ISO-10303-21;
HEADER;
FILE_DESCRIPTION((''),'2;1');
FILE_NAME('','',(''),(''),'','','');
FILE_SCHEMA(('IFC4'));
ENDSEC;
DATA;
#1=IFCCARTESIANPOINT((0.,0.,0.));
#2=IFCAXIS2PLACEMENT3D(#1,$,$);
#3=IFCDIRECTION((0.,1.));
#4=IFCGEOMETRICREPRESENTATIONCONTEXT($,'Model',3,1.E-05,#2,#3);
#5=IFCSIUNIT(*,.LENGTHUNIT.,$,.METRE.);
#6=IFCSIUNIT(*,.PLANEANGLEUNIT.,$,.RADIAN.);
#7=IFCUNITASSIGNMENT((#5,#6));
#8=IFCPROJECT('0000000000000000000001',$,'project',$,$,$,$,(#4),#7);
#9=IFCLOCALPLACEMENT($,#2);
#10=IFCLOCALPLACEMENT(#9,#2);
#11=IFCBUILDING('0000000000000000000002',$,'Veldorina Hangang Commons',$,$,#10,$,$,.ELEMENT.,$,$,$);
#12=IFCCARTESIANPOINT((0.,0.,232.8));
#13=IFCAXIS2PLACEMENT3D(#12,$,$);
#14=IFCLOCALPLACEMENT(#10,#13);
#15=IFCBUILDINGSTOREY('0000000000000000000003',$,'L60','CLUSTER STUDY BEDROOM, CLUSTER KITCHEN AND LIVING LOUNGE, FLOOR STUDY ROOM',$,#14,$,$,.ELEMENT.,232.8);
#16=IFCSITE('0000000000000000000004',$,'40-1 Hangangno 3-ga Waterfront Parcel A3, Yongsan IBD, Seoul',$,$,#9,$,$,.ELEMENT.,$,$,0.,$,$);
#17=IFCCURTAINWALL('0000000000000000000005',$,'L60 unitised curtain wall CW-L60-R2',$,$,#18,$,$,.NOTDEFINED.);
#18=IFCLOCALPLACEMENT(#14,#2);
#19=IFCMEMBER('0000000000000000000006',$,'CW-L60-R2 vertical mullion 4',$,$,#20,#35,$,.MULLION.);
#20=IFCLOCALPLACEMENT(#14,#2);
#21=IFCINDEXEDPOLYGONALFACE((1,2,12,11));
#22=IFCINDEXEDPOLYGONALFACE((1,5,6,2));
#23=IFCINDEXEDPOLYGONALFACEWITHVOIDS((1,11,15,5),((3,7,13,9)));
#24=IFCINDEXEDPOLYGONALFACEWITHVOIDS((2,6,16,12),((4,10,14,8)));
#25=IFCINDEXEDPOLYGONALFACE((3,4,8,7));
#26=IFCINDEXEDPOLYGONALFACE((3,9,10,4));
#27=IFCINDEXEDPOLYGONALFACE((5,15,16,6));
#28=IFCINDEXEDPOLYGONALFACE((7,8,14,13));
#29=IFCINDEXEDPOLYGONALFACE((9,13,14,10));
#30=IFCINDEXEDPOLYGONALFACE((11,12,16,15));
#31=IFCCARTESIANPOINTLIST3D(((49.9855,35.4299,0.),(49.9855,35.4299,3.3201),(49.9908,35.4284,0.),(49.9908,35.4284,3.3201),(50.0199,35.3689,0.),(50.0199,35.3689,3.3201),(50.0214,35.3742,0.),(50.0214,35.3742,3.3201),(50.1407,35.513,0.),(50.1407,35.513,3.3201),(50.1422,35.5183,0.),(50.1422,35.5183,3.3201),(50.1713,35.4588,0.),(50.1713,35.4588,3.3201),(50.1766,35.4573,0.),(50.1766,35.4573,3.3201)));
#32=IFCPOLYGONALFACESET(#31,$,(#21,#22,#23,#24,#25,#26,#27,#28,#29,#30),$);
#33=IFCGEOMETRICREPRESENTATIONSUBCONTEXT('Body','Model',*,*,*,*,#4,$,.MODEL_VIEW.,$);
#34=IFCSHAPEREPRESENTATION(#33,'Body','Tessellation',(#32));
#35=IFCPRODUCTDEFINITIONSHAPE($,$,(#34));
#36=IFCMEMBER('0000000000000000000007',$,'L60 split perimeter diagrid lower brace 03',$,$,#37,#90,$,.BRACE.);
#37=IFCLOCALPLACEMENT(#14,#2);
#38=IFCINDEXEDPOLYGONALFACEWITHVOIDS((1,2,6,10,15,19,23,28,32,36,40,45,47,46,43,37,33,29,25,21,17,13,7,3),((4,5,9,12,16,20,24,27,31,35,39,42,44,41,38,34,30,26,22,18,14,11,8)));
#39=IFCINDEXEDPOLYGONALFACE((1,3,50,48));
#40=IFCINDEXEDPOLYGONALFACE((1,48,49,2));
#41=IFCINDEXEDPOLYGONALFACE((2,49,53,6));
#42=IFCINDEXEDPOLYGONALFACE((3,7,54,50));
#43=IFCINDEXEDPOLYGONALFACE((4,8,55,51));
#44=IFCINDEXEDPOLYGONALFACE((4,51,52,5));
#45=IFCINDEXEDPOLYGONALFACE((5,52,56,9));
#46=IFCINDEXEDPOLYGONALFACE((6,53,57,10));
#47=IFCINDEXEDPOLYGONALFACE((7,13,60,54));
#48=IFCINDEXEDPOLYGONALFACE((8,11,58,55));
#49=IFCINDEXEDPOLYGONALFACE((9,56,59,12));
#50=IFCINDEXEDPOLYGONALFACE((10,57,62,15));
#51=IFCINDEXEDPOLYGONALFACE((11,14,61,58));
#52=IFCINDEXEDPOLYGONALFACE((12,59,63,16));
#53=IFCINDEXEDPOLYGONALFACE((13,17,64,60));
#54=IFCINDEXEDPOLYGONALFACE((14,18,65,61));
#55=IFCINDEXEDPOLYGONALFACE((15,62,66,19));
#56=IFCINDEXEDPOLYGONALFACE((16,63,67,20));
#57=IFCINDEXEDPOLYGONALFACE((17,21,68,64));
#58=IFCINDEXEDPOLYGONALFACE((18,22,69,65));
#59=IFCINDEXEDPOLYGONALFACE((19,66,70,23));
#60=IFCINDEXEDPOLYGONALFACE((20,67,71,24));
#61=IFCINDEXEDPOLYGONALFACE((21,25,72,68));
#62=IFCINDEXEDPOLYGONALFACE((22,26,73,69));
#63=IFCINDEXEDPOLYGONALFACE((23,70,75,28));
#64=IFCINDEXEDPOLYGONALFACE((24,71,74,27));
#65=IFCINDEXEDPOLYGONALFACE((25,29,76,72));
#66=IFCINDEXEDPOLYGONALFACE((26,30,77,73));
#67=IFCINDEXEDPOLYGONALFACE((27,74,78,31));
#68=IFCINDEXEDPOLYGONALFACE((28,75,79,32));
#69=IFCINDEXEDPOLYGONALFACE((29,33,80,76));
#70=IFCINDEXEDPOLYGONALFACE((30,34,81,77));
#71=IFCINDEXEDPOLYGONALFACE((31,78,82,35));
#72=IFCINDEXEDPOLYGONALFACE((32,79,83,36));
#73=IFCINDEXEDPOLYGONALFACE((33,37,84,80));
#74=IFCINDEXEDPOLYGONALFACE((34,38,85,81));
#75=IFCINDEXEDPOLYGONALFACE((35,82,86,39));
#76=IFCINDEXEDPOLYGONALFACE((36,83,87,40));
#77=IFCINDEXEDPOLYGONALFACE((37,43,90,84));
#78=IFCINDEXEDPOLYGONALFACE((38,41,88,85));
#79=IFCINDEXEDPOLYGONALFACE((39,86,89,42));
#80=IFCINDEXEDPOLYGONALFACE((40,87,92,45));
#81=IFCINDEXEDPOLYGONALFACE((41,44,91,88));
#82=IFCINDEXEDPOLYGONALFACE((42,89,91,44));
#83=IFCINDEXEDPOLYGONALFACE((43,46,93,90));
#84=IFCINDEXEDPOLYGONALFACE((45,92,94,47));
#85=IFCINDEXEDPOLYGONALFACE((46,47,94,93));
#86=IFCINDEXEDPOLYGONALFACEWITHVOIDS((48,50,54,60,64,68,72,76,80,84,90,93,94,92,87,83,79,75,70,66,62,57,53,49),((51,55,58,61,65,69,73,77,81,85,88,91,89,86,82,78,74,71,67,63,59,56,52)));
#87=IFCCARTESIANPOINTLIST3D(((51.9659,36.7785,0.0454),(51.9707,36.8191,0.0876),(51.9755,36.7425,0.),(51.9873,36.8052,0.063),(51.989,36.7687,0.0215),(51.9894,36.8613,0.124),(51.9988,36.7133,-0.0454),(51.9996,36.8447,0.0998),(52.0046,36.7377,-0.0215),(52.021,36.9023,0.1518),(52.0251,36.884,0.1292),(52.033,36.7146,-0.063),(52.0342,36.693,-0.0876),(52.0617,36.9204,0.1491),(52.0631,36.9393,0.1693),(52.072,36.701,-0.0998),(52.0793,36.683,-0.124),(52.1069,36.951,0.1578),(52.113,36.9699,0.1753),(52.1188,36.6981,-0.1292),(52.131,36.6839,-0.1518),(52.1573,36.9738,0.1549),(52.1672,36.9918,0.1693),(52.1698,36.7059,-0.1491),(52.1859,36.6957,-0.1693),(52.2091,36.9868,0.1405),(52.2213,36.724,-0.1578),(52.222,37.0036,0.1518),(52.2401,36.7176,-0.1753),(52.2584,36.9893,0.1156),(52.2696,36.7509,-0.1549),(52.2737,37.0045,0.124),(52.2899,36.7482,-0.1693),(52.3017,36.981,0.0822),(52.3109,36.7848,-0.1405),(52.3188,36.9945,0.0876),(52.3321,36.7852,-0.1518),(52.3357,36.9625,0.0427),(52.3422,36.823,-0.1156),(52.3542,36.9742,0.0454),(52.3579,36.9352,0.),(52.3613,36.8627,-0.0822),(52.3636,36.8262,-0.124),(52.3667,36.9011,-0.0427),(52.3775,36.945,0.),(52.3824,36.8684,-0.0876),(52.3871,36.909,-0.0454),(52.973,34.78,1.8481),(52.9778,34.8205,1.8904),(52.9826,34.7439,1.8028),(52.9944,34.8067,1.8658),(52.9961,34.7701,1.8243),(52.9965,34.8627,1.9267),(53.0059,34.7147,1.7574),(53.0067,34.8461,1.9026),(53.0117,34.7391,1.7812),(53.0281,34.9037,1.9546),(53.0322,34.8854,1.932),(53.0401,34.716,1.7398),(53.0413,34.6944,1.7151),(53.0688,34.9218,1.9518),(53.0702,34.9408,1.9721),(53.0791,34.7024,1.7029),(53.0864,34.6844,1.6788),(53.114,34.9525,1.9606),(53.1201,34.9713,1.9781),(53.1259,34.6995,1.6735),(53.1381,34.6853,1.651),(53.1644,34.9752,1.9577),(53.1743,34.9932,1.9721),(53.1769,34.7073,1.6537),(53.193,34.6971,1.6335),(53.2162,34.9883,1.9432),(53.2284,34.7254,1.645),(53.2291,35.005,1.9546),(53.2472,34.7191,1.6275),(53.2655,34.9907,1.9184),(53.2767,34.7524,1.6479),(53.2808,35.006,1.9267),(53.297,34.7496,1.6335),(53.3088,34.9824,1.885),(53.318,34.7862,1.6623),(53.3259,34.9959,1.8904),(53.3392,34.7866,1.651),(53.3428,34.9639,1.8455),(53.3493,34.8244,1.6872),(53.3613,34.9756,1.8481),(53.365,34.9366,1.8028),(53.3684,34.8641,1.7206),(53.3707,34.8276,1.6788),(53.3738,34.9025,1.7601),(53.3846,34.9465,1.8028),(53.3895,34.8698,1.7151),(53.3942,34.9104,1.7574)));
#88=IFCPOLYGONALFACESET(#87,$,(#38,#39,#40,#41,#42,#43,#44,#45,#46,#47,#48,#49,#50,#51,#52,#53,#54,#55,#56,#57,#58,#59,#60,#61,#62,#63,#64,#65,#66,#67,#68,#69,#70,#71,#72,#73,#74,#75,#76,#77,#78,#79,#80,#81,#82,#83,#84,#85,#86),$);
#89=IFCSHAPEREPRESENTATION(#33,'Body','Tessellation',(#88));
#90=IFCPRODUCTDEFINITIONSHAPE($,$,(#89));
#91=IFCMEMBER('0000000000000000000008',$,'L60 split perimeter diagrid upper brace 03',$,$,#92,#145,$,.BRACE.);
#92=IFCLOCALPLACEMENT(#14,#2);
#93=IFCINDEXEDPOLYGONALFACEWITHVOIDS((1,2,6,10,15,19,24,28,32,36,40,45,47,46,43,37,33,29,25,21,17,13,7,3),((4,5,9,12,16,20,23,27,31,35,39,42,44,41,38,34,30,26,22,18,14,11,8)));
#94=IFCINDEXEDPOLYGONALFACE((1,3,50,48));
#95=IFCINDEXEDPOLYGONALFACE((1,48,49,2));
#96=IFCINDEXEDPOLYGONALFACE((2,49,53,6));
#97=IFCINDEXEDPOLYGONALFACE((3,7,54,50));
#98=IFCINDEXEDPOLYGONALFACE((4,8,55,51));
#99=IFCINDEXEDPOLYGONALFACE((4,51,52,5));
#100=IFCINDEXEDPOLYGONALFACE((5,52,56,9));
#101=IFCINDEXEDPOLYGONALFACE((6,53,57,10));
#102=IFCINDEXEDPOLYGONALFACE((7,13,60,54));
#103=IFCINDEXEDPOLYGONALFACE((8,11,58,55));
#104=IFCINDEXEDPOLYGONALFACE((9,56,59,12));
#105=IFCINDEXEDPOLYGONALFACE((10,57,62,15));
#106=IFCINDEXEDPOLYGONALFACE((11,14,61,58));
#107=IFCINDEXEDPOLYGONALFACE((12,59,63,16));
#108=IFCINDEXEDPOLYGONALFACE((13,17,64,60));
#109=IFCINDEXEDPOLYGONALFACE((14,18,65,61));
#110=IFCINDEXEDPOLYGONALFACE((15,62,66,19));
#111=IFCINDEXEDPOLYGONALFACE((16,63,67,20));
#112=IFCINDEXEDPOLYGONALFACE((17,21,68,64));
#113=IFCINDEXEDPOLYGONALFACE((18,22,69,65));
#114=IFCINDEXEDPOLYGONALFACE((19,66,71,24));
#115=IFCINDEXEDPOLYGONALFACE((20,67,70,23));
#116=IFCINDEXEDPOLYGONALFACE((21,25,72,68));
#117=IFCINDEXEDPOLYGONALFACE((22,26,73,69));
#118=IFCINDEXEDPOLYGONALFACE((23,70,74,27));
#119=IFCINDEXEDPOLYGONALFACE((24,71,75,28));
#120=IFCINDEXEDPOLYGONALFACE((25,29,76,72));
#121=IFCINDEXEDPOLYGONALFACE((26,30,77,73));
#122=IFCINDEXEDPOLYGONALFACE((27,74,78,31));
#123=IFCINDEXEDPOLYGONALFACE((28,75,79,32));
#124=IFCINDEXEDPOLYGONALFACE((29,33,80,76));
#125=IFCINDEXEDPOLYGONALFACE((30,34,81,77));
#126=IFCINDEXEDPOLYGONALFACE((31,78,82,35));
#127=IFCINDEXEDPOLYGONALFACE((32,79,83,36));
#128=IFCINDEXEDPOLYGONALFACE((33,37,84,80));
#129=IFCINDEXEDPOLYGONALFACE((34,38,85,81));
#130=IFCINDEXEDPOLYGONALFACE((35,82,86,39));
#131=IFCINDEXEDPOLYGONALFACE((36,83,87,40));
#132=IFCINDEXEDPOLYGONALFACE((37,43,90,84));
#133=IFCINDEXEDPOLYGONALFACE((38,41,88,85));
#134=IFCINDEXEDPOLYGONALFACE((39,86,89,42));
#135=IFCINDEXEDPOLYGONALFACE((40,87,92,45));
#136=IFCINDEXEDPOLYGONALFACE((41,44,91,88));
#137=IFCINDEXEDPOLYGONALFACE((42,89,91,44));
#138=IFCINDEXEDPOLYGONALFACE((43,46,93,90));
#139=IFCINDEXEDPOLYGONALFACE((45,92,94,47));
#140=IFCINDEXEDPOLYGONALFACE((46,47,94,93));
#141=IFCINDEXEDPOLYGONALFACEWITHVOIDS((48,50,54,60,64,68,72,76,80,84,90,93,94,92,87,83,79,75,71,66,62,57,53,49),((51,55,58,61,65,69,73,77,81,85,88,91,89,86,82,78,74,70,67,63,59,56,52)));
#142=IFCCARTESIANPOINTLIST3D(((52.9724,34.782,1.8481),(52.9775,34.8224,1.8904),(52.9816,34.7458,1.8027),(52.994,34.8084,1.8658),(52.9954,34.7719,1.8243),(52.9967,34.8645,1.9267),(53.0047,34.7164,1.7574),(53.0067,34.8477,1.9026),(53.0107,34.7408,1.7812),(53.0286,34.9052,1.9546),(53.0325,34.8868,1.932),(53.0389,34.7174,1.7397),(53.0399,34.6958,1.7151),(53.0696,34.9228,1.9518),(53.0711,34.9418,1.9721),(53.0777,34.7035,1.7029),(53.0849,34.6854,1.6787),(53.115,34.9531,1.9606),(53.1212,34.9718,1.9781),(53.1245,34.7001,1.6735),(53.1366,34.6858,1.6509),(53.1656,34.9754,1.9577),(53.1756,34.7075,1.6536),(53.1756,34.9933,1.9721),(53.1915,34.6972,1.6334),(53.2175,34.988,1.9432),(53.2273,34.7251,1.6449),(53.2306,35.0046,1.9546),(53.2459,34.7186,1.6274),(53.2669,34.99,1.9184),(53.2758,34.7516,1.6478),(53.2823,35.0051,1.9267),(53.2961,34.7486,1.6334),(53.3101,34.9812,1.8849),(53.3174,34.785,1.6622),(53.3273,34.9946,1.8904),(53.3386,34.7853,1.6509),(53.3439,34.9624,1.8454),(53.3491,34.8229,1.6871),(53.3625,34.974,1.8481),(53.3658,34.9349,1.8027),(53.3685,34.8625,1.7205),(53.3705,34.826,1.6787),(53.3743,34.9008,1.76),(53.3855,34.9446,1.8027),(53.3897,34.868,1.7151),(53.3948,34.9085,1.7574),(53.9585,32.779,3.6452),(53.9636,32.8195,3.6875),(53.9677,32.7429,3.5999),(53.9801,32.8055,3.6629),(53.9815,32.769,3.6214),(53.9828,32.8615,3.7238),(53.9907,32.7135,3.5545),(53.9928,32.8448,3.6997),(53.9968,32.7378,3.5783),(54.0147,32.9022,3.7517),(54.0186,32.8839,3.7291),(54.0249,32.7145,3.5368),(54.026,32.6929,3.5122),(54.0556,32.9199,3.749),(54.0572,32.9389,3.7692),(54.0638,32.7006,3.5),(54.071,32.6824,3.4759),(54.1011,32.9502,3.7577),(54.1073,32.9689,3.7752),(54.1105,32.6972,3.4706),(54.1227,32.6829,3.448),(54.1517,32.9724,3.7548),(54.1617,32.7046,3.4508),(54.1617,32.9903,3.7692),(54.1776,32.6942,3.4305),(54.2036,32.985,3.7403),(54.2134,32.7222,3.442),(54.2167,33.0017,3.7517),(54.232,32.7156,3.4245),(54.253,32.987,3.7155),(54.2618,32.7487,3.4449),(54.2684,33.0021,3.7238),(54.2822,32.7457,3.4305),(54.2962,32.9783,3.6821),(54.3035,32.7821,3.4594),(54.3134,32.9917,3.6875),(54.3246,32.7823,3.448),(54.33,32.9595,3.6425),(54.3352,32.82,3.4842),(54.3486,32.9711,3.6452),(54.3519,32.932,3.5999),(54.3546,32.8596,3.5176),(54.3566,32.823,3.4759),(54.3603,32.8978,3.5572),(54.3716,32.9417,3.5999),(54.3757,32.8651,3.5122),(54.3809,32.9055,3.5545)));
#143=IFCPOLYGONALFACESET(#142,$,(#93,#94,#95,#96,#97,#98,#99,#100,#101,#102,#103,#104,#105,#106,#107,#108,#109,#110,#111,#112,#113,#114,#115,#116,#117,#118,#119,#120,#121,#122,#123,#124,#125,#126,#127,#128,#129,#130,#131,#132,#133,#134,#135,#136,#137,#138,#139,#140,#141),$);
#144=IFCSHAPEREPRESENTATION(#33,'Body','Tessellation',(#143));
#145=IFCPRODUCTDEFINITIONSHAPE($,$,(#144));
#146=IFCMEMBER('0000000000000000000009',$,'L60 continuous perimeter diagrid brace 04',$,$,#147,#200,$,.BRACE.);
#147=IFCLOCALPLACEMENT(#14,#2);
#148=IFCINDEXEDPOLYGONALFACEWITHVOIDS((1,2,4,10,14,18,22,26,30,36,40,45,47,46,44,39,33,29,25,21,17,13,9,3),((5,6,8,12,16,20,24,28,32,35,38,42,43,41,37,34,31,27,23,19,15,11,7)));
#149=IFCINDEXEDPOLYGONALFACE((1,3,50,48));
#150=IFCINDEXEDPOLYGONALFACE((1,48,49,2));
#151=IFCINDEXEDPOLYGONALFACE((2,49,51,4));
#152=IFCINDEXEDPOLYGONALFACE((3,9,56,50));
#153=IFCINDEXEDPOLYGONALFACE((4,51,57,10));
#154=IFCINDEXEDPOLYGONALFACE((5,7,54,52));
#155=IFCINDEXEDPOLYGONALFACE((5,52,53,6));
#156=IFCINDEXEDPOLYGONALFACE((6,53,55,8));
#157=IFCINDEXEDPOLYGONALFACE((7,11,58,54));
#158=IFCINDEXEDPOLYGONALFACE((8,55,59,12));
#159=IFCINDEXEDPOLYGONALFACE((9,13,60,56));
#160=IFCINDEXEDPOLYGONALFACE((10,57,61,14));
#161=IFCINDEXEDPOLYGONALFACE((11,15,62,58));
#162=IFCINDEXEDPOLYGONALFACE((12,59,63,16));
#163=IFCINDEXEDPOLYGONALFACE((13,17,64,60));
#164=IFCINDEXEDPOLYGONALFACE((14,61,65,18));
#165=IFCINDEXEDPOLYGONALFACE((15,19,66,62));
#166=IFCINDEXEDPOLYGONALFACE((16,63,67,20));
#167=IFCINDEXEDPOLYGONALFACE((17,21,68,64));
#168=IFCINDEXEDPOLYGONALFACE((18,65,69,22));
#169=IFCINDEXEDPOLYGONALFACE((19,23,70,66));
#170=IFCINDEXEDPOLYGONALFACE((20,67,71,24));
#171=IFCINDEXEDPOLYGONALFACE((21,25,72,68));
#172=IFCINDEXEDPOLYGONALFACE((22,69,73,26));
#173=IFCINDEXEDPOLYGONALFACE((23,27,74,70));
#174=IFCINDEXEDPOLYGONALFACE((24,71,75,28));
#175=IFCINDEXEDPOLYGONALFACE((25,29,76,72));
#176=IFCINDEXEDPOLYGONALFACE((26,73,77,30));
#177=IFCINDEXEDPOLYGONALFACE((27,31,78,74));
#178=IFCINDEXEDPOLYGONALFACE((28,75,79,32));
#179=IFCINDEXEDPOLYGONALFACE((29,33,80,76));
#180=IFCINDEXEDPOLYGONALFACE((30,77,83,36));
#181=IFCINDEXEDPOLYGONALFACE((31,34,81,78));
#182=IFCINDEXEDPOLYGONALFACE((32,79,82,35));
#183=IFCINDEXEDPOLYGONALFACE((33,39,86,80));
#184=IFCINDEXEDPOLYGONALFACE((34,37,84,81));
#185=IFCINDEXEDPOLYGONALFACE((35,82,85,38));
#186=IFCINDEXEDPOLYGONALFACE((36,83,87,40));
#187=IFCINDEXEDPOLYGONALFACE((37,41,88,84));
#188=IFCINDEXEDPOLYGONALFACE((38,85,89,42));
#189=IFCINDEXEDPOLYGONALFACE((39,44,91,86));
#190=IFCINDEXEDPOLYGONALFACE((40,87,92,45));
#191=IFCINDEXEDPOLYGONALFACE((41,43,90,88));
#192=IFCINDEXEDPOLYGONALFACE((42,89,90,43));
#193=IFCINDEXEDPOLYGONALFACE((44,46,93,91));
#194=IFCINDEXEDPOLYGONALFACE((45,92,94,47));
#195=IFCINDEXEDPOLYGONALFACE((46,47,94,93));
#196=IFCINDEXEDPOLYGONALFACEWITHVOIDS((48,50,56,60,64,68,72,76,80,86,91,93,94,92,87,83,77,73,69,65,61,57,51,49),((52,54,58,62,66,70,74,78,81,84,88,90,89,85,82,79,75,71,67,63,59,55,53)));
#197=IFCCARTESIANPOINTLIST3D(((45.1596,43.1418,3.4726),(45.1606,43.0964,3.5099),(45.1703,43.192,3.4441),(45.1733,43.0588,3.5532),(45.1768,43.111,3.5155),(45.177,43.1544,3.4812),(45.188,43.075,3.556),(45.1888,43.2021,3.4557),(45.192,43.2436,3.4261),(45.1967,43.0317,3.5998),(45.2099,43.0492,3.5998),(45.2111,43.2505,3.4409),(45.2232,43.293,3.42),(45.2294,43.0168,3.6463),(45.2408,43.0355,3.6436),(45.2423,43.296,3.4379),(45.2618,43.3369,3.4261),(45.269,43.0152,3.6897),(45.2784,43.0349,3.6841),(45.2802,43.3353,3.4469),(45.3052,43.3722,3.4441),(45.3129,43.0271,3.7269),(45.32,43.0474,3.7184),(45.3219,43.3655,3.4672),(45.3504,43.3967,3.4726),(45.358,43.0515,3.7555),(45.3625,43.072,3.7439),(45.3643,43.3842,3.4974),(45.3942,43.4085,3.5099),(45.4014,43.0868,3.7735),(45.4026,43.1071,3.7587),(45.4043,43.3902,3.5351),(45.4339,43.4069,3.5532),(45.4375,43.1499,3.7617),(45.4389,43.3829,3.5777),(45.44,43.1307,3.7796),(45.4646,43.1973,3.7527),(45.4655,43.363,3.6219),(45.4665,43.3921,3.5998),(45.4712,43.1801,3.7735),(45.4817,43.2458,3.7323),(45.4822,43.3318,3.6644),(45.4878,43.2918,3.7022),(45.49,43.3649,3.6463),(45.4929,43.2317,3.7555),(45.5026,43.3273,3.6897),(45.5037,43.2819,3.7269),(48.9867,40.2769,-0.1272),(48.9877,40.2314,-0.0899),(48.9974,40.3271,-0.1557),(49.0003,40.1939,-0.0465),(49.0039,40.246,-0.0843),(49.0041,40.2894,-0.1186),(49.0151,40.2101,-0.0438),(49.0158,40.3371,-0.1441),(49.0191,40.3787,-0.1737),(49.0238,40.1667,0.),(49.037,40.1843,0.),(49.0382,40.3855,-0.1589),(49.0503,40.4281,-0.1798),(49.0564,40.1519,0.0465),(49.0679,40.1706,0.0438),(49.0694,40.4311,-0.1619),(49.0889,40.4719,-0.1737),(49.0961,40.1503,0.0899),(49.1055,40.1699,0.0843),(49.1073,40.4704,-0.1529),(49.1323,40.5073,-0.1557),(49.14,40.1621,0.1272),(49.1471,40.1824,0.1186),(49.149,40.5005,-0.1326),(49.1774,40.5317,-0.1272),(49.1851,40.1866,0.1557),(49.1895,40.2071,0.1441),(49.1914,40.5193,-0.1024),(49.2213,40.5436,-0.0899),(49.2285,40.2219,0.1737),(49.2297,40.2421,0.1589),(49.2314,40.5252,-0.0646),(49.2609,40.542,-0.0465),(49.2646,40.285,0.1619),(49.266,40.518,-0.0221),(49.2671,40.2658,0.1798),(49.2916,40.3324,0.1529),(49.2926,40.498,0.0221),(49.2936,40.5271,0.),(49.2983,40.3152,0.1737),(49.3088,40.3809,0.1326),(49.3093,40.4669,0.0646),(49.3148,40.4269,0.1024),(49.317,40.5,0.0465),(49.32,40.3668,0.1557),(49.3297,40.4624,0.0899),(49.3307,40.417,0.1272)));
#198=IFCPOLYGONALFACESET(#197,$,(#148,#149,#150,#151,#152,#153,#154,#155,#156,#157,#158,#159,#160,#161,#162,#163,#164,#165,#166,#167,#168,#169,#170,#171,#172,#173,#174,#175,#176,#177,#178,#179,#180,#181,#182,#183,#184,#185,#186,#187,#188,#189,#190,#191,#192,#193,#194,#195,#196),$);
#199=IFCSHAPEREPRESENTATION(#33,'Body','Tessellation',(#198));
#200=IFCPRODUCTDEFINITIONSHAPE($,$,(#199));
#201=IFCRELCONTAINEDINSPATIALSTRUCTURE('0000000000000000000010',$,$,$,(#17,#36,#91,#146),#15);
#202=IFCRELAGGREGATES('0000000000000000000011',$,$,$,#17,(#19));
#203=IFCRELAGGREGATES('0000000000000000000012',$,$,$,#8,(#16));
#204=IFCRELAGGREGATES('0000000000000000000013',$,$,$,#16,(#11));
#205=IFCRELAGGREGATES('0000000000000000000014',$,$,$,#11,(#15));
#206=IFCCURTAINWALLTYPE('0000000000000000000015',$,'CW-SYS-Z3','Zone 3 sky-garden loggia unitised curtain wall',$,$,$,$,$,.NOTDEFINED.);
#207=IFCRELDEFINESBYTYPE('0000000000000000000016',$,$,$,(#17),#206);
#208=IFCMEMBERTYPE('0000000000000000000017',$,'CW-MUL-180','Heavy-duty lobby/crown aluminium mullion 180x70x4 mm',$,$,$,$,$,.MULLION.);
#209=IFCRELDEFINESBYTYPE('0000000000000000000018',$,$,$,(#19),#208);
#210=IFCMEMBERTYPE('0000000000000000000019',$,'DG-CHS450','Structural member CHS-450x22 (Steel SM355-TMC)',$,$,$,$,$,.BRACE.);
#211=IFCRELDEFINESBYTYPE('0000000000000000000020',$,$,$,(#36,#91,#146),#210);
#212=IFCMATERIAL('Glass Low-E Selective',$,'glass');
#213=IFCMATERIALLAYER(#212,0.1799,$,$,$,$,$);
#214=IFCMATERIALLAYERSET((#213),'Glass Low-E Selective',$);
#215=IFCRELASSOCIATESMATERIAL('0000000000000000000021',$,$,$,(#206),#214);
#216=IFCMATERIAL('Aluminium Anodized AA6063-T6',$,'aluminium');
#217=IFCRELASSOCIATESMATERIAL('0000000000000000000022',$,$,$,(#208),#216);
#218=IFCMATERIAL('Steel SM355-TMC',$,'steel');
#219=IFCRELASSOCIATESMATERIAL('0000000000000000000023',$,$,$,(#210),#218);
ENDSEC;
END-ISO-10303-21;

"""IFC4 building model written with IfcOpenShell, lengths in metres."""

from ifc_helpers import new_model, si_unit, direction, frame, origin, origin_2d, place, context, subcontext, project, spatial, hollow_rectangle, hollow_circle, extrude, material, layer, layer_set, material_profile, profile_set, type_object, element, aggregate, save


model = new_model("IFC4")

# Units and contexts
model_context = context("Model", 3, precision=1e-05, world=origin(), true_north=direction((0.0, 1.0)))
body_context = subcontext(model_context, "Body", "Model", "MODEL_VIEW")
ifc_project = project(units=[si_unit("LENGTHUNIT", "METRE"), si_unit("PLANEANGLEUNIT", "RADIAN")], contexts=[model_context])

# Site, building, storey
site_placement = place(None, origin())
site = spatial("IfcSite", under=ifc_project, at=site_placement, Name="40-1 Hangangno 3-ga Waterfront Parcel A3, Yongsan IBD, Seoul", CompositionType="ELEMENT", RefElevation=0.0)
building_placement = place(site_placement, origin())
building = spatial("IfcBuilding", under=site, at=building_placement, Name="Veldorina Hangang Commons", CompositionType="ELEMENT")
storey_placement = place(building_placement, frame((0.0, 0.0, 232.8)))
storey = spatial("IfcBuildingStorey", under=building, at=storey_placement, Name="L60", Description="CLUSTER STUDY BEDROOM, CLUSTER KITCHEN AND LIVING LOUNGE, FLOOR STUDY ROOM", CompositionType="ELEMENT", Elevation=232.8)

# Shared definitions
ifc_material_1 = material(Name="Steel SM355-TMC", Category="steel")

# Curtain wall, member
ifc_material_2 = material(Name="Glass Low-E Selective", Category="glass")
ifc_layer_1 = layer(ifc_material_2, 0.1799)
ifc_layer_set_1 = layer_set([ifc_layer_1], Name="Glass Low-E Selective")
curtain_wall_type = type_object("IfcCurtainWallType", Name="CW-SYS-Z3", Description="Zone 3 sky-garden loggia unitised curtain wall", PredefinedType="NOTDEFINED", material=ifc_layer_set_1)
curtain_wall_placement = place(storey_placement, origin())
curtain_wall = element("IfcCurtainWall", 1, at=curtain_wall_placement, inside=storey, type_object=curtain_wall_type, Name="L60 unitised curtain wall CW-L60-R2", PredefinedType="NOTDEFINED")
ifc_material_3 = material(Name="Aluminium Anodized AA6063-T6", Category="aluminium")
ifc_material_profile_1 = material_profile(ifc_material_3, hollow_rectangle(XDim=0.0701, YDim=0.1799, WallThickness=0.0039, at=origin_2d()), Name="ALU-RHS-180x70x4")
ifc_profile_set_1 = profile_set([ifc_material_profile_1], Name="Aluminium Anodized AA6063-T6")
member_type_1 = type_object("IfcMemberType", Name="CW-MUL-180", Description="Heavy-duty lobby/crown aluminium mullion 180x70x4 mm", PredefinedType="MULLION", material=ifc_profile_set_1)
member_1_placement = place(storey_placement, frame((50.0811, 35.4436, 0.0), z_axis=(0.0, 0.0, 1.0), x_axis=(0.491451, -0.870905, 0.0)))
member_1 = element("IfcMember", 2, at=member_1_placement, type_object=member_type_1, Name="CW-L60-R2 vertical mullion 4", PredefinedType="MULLION", context=body_context, shape_type="SweptSolid", body=[
    extrude(hollow_rectangle(XDim=0.0701, YDim=0.1799, WallThickness=0.0039, at=origin_2d()), origin(), (0.0, 0.0, 1.0), 3.3201),
])

# Members
ifc_material_profile_2 = material_profile(ifc_material_1, hollow_circle(Radius=0.2251, WallThickness=0.022, at=origin_2d()), Name="CHS-450x22")
ifc_profile_set_2 = profile_set([ifc_material_profile_2], Name="Steel SM355-TMC")
member_type_2 = type_object("IfcMemberType", Name="DG-CHS450", Description="Structural member CHS-450x22 (Steel SM355-TMC)", PredefinedType="BRACE", material=ifc_profile_set_2)
member_2_placement = place(storey_placement, frame((52.1765, 36.8438, 0.0), z_axis=(0.350446, -0.695455, 0.62732), x_axis=(0.893026, 0.450004, 0.0)))
element("IfcMember", 3, at=member_2_placement, inside=storey, type_object=member_type_2, Name="L60 split perimeter diagrid lower brace 03", PredefinedType="BRACE", context=body_context, shape_type="SweptSolid", body=[
    extrude(hollow_circle(Radius=0.2251, WallThickness=0.022, at=origin_2d()), origin(), (0.0, 0.0, 1.0), 2.8738),
])
member_3_placement = place(storey_placement, frame((53.1836, 34.8452, 1.8027), z_axis=(0.344068, -0.698869, 0.627057), x_axis=(0.897166, 0.441694, 0.0)))
element("IfcMember", 4, at=member_3_placement, inside=storey, type_object=member_type_2, Name="L60 split perimeter diagrid upper brace 03", PredefinedType="BRACE", context=body_context, shape_type="SweptSolid", body=[
    extrude(hollow_circle(Radius=0.2251, WallThickness=0.022, at=origin_2d()), origin(), (0.0, 0.0, 1.0), 2.866),
])
member_4_placement = place(storey_placement, frame((49.1587, 40.3469, 0.0), z_axis=(-0.639511, 0.478736, 0.60153), x_axis=(-0.599281, -0.800539, 0.0)))
element("IfcMember", 5, at=member_4_placement, inside=storey, type_object=member_type_2, Name="L60 continuous perimeter diagrid brace 04", PredefinedType="BRACE", context=body_context, shape_type="SweptSolid", body=[
    extrude(hollow_circle(Radius=0.2251, WallThickness=0.022, at=origin_2d()), origin(), (0.0, 0.0, 1.0), 5.9844),
])

aggregate(curtain_wall, [member_1])

save(model, "model.ifc")
